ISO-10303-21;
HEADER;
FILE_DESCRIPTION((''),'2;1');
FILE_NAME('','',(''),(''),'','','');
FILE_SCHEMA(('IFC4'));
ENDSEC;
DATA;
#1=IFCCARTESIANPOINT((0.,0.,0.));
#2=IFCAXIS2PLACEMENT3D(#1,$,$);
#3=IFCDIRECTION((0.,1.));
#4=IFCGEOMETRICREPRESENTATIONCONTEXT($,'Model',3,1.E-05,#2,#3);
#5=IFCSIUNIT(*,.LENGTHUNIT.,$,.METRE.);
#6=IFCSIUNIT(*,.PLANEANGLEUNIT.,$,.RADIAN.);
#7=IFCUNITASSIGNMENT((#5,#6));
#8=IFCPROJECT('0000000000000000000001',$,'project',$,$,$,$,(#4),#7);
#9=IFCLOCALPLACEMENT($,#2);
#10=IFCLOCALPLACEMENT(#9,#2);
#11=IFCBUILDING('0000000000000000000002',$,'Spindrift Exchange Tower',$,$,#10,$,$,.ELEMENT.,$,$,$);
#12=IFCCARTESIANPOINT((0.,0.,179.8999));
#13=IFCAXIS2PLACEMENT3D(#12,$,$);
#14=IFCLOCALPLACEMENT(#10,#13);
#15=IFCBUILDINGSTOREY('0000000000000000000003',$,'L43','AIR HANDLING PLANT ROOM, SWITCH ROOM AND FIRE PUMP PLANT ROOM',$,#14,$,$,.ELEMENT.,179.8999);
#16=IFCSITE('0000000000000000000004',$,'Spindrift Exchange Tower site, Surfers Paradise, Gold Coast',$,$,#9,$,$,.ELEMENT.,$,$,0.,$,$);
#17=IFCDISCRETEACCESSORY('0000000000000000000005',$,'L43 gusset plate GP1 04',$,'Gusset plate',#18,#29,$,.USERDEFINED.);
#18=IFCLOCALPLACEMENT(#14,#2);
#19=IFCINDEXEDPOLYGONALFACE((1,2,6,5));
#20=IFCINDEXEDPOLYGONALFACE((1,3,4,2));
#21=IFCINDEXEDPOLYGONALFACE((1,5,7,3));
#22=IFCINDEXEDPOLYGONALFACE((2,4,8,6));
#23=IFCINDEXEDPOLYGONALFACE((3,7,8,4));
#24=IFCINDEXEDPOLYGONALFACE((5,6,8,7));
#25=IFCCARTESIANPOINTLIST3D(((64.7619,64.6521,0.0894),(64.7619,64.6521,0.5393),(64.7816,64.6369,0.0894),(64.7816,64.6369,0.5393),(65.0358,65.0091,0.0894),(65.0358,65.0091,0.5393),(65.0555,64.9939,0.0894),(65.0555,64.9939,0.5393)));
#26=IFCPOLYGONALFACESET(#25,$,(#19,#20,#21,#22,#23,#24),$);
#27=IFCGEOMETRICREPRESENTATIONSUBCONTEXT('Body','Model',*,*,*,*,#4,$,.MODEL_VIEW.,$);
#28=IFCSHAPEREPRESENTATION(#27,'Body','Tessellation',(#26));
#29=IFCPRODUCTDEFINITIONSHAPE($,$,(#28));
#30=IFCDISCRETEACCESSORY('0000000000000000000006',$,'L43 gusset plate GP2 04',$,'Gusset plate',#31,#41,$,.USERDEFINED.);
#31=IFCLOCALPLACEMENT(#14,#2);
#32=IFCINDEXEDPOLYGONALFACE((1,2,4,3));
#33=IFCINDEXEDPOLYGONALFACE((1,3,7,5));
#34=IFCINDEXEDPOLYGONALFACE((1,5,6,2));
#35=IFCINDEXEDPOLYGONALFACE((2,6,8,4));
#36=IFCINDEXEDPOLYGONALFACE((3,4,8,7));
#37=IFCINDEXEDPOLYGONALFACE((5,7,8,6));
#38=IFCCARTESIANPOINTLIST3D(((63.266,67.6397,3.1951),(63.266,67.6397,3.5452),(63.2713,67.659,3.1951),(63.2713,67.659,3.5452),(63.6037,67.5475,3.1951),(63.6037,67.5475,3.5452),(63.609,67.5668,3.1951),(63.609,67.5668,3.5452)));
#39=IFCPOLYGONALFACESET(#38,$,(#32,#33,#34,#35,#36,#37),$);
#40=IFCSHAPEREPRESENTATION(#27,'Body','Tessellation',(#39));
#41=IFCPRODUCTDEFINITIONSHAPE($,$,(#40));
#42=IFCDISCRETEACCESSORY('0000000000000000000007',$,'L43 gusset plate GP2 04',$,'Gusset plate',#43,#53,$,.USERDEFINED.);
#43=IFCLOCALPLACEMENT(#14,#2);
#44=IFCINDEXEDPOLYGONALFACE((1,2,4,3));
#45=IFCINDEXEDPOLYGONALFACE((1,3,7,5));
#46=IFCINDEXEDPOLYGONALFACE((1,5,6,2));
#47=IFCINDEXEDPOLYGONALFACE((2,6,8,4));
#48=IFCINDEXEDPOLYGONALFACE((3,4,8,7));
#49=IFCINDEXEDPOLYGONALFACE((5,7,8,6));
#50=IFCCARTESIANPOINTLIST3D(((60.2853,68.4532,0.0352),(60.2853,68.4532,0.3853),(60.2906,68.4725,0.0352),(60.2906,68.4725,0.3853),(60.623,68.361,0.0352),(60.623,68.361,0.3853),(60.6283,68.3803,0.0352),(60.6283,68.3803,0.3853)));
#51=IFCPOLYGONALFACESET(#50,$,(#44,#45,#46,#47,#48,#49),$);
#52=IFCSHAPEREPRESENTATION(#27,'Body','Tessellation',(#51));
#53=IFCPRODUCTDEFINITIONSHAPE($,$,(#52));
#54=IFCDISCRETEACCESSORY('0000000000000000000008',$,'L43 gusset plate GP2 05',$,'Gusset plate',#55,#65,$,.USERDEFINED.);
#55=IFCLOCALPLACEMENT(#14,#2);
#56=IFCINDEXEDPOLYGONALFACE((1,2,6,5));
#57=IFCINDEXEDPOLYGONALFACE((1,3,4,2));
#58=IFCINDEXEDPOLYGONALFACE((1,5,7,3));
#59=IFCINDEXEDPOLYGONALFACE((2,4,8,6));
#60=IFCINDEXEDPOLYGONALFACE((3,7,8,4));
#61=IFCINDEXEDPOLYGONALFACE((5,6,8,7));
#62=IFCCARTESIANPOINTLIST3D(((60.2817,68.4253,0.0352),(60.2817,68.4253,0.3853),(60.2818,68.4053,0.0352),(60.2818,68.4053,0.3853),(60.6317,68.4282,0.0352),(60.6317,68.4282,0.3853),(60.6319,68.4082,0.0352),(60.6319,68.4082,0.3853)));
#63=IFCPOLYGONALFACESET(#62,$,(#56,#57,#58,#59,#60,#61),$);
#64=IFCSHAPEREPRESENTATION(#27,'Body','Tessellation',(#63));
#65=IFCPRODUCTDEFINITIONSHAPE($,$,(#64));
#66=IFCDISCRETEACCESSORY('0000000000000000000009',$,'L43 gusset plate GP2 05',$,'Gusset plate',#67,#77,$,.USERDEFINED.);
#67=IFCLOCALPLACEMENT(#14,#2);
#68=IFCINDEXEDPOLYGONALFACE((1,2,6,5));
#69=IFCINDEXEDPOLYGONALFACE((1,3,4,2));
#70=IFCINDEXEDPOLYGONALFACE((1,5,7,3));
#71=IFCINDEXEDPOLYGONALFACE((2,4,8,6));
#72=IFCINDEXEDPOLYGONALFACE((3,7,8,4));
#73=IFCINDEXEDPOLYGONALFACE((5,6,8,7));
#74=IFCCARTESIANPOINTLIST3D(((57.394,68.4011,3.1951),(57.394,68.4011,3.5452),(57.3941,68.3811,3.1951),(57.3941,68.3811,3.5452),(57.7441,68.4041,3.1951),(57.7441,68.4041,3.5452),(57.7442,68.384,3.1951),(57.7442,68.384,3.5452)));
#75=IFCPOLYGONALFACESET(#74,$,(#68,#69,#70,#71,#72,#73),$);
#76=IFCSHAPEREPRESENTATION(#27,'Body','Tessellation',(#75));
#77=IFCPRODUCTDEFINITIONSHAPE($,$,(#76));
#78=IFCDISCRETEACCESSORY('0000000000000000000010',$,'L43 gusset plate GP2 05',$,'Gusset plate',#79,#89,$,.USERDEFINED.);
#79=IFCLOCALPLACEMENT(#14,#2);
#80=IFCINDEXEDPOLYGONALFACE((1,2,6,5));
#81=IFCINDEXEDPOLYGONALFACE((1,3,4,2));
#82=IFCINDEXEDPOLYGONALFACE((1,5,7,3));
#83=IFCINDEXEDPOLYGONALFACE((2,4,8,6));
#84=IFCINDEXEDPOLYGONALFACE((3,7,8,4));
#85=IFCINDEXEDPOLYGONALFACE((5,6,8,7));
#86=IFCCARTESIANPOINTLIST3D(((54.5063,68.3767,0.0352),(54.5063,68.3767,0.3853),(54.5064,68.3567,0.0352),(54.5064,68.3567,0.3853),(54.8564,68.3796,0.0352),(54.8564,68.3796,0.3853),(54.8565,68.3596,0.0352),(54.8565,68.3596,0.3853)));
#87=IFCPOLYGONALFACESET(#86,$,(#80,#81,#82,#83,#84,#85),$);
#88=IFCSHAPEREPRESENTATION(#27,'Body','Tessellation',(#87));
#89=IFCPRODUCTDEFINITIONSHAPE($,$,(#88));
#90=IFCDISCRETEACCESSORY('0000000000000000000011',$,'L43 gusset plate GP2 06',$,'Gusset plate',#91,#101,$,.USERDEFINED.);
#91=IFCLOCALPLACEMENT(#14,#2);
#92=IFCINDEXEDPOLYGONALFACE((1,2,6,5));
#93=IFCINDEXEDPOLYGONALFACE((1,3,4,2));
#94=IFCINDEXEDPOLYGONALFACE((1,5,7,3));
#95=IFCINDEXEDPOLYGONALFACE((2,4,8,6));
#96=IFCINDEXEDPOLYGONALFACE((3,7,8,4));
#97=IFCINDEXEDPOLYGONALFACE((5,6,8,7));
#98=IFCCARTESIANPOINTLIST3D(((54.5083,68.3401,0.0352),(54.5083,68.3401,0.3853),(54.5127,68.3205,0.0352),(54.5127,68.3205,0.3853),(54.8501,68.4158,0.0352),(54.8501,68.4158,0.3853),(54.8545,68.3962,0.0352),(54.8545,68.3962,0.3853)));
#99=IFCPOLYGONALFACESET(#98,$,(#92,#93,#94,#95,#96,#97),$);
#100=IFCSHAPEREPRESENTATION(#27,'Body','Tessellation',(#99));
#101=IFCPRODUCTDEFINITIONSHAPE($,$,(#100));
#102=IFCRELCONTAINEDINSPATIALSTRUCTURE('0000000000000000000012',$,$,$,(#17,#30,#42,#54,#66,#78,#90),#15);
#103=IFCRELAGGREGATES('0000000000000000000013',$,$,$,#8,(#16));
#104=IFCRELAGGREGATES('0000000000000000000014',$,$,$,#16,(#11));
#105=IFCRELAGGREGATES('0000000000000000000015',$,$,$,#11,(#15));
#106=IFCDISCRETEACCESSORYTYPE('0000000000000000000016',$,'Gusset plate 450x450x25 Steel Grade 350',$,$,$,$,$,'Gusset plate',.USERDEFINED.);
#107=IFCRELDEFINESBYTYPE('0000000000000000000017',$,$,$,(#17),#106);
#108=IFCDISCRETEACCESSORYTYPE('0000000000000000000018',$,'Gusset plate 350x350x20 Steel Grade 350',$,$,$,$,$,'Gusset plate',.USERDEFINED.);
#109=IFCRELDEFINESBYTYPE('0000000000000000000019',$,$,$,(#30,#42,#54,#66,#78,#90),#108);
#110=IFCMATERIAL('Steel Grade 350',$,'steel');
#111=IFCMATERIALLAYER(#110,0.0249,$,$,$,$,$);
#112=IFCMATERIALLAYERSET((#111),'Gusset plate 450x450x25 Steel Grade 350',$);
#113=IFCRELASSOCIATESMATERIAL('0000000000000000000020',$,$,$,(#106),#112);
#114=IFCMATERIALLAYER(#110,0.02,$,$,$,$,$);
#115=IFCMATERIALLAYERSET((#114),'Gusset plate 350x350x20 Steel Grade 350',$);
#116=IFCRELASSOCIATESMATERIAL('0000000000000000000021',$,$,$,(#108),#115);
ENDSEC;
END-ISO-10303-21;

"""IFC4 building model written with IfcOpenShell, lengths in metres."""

from ifc_helpers import new_model, si_unit, direction, frame, origin, origin_2d, place, context, subcontext, project, spatial, rectangle, extrude, source, transform, mapped, material, layer, layer_set, type_object, element, save


model = new_model("IFC4")

# Units and contexts
model_context = context("Model", 3, precision=1e-05, world=origin(), true_north=direction((0.0, 1.0)))
body_context = subcontext(model_context, "Body", "Model", "MODEL_VIEW")
ifc_project = project(units=[si_unit("LENGTHUNIT", "METRE"), si_unit("PLANEANGLEUNIT", "RADIAN")], contexts=[model_context])

# Site, building, storey
site_placement = place(None, origin())
site = spatial("IfcSite", under=ifc_project, at=site_placement, Name="Spindrift Exchange Tower site, Surfers Paradise, Gold Coast", CompositionType="ELEMENT", RefElevation=0.0)
building_placement = place(site_placement, origin())
building = spatial("IfcBuilding", under=site, at=building_placement, Name="Spindrift Exchange Tower", CompositionType="ELEMENT")
storey_placement = place(building_placement, frame((0.0, 0.0, 179.8999)))
storey = spatial("IfcBuildingStorey", under=building, at=storey_placement, Name="L43", Description="AIR HANDLING PLANT ROOM, SWITCH ROOM AND FIRE PUMP PLANT ROOM", CompositionType="ELEMENT", Elevation=179.8999)

# Shared definitions
ifc_material_1 = material(Name="Steel Grade 350", Category="steel")

# Discrete accessories
ifc_layer_1 = layer(ifc_material_1, 0.0249)
ifc_layer_set_1 = layer_set([ifc_layer_1], Name="Gusset plate 450x450x25 Steel Grade 350")
discrete_accessory_type_1 = type_object("IfcDiscreteAccessoryType", Name="Gusset plate 450x450x25 Steel Grade 350", ElementType="Gusset plate", PredefinedType="USERDEFINED", material=ifc_layer_set_1)
shared_shape_1 = source(origin(), body_context, "Body", "SweptSolid", [
    extrude(rectangle(XDim=0.45, YDim=0.0249, at=origin_2d()), origin(), (0.0, 0.0, 1.0), 0.45),
])
for number, where, z_axis, x_axis, name in (
    (1, (64.9087, 64.823, 0.0894), (0.0, 0.0, 1.0), (0.608761, 0.793353, 0.0), "L43 gusset plate GP1 04"),
):
    element("IfcDiscreteAccessory", number, at=place(storey_placement, frame(where, z_axis=z_axis, x_axis=x_axis)), inside=storey, type_object=discrete_accessory_type_1, Name=name, ObjectType="Gusset plate", PredefinedType="USERDEFINED", context=body_context, shape_type="MappedRepresentation", body=[
        mapped(shared_shape_1, transform((0.0, 0.0, 0.0), scale=1.0)),
    ])
ifc_layer_2 = layer(ifc_material_1, 0.02)
ifc_layer_set_2 = layer_set([ifc_layer_2], Name="Gusset plate 350x350x20 Steel Grade 350")
discrete_accessory_type_2 = type_object("IfcDiscreteAccessoryType", Name="Gusset plate 350x350x20 Steel Grade 350", ElementType="Gusset plate", PredefinedType="USERDEFINED", material=ifc_layer_set_2)
shared_shape_2 = source(origin(), body_context, "Body", "SweptSolid", [
    extrude(rectangle(XDim=0.3501, YDim=0.02, at=origin_2d()), origin(), (0.0, 0.0, 1.0), 0.3501),
])
for number, where, z_axis, x_axis, name in (
    (2, (63.4375, 67.6033, 3.1951), (0.0, 0.0, 1.0), (-0.964712, 0.263309, 0.0), "L43 gusset plate GP2 04"),
    (3, (60.4568, 68.4167, 0.0352), (0.0, 0.0, 1.0), (-0.964712, 0.263309, 0.0), "L43 gusset plate GP2 04"),
    (4, (60.4568, 68.4167, 0.0352), (0.0, 0.0, 1.0), (-0.999965, -0.008414, 0.0), "L43 gusset plate GP2 05"),
    (5, (57.5691, 68.3926, 3.1951), (0.0, 0.0, 1.0), (-0.999965, -0.008414, 0.0), "L43 gusset plate GP2 05"),
    (6, (54.6814, 68.3682, 0.0352), (0.0, 0.0, 1.0), (-0.999965, -0.008414, 0.0), "L43 gusset plate GP2 05"),
    (7, (54.6814, 68.3682, 0.0352), (0.0, 0.0, 1.0), (-0.976345, -0.216216, 0.0), "L43 gusset plate GP2 06"),
):
    element("IfcDiscreteAccessory", number, at=place(storey_placement, frame(where, z_axis=z_axis, x_axis=x_axis)), inside=storey, type_object=discrete_accessory_type_2, Name=name, ObjectType="Gusset plate", PredefinedType="USERDEFINED", context=body_context, shape_type="MappedRepresentation", body=[
        mapped(shared_shape_2, transform((0.0, 0.0, 0.0), scale=1.0)),
    ])

save(model, "model.ifc")
